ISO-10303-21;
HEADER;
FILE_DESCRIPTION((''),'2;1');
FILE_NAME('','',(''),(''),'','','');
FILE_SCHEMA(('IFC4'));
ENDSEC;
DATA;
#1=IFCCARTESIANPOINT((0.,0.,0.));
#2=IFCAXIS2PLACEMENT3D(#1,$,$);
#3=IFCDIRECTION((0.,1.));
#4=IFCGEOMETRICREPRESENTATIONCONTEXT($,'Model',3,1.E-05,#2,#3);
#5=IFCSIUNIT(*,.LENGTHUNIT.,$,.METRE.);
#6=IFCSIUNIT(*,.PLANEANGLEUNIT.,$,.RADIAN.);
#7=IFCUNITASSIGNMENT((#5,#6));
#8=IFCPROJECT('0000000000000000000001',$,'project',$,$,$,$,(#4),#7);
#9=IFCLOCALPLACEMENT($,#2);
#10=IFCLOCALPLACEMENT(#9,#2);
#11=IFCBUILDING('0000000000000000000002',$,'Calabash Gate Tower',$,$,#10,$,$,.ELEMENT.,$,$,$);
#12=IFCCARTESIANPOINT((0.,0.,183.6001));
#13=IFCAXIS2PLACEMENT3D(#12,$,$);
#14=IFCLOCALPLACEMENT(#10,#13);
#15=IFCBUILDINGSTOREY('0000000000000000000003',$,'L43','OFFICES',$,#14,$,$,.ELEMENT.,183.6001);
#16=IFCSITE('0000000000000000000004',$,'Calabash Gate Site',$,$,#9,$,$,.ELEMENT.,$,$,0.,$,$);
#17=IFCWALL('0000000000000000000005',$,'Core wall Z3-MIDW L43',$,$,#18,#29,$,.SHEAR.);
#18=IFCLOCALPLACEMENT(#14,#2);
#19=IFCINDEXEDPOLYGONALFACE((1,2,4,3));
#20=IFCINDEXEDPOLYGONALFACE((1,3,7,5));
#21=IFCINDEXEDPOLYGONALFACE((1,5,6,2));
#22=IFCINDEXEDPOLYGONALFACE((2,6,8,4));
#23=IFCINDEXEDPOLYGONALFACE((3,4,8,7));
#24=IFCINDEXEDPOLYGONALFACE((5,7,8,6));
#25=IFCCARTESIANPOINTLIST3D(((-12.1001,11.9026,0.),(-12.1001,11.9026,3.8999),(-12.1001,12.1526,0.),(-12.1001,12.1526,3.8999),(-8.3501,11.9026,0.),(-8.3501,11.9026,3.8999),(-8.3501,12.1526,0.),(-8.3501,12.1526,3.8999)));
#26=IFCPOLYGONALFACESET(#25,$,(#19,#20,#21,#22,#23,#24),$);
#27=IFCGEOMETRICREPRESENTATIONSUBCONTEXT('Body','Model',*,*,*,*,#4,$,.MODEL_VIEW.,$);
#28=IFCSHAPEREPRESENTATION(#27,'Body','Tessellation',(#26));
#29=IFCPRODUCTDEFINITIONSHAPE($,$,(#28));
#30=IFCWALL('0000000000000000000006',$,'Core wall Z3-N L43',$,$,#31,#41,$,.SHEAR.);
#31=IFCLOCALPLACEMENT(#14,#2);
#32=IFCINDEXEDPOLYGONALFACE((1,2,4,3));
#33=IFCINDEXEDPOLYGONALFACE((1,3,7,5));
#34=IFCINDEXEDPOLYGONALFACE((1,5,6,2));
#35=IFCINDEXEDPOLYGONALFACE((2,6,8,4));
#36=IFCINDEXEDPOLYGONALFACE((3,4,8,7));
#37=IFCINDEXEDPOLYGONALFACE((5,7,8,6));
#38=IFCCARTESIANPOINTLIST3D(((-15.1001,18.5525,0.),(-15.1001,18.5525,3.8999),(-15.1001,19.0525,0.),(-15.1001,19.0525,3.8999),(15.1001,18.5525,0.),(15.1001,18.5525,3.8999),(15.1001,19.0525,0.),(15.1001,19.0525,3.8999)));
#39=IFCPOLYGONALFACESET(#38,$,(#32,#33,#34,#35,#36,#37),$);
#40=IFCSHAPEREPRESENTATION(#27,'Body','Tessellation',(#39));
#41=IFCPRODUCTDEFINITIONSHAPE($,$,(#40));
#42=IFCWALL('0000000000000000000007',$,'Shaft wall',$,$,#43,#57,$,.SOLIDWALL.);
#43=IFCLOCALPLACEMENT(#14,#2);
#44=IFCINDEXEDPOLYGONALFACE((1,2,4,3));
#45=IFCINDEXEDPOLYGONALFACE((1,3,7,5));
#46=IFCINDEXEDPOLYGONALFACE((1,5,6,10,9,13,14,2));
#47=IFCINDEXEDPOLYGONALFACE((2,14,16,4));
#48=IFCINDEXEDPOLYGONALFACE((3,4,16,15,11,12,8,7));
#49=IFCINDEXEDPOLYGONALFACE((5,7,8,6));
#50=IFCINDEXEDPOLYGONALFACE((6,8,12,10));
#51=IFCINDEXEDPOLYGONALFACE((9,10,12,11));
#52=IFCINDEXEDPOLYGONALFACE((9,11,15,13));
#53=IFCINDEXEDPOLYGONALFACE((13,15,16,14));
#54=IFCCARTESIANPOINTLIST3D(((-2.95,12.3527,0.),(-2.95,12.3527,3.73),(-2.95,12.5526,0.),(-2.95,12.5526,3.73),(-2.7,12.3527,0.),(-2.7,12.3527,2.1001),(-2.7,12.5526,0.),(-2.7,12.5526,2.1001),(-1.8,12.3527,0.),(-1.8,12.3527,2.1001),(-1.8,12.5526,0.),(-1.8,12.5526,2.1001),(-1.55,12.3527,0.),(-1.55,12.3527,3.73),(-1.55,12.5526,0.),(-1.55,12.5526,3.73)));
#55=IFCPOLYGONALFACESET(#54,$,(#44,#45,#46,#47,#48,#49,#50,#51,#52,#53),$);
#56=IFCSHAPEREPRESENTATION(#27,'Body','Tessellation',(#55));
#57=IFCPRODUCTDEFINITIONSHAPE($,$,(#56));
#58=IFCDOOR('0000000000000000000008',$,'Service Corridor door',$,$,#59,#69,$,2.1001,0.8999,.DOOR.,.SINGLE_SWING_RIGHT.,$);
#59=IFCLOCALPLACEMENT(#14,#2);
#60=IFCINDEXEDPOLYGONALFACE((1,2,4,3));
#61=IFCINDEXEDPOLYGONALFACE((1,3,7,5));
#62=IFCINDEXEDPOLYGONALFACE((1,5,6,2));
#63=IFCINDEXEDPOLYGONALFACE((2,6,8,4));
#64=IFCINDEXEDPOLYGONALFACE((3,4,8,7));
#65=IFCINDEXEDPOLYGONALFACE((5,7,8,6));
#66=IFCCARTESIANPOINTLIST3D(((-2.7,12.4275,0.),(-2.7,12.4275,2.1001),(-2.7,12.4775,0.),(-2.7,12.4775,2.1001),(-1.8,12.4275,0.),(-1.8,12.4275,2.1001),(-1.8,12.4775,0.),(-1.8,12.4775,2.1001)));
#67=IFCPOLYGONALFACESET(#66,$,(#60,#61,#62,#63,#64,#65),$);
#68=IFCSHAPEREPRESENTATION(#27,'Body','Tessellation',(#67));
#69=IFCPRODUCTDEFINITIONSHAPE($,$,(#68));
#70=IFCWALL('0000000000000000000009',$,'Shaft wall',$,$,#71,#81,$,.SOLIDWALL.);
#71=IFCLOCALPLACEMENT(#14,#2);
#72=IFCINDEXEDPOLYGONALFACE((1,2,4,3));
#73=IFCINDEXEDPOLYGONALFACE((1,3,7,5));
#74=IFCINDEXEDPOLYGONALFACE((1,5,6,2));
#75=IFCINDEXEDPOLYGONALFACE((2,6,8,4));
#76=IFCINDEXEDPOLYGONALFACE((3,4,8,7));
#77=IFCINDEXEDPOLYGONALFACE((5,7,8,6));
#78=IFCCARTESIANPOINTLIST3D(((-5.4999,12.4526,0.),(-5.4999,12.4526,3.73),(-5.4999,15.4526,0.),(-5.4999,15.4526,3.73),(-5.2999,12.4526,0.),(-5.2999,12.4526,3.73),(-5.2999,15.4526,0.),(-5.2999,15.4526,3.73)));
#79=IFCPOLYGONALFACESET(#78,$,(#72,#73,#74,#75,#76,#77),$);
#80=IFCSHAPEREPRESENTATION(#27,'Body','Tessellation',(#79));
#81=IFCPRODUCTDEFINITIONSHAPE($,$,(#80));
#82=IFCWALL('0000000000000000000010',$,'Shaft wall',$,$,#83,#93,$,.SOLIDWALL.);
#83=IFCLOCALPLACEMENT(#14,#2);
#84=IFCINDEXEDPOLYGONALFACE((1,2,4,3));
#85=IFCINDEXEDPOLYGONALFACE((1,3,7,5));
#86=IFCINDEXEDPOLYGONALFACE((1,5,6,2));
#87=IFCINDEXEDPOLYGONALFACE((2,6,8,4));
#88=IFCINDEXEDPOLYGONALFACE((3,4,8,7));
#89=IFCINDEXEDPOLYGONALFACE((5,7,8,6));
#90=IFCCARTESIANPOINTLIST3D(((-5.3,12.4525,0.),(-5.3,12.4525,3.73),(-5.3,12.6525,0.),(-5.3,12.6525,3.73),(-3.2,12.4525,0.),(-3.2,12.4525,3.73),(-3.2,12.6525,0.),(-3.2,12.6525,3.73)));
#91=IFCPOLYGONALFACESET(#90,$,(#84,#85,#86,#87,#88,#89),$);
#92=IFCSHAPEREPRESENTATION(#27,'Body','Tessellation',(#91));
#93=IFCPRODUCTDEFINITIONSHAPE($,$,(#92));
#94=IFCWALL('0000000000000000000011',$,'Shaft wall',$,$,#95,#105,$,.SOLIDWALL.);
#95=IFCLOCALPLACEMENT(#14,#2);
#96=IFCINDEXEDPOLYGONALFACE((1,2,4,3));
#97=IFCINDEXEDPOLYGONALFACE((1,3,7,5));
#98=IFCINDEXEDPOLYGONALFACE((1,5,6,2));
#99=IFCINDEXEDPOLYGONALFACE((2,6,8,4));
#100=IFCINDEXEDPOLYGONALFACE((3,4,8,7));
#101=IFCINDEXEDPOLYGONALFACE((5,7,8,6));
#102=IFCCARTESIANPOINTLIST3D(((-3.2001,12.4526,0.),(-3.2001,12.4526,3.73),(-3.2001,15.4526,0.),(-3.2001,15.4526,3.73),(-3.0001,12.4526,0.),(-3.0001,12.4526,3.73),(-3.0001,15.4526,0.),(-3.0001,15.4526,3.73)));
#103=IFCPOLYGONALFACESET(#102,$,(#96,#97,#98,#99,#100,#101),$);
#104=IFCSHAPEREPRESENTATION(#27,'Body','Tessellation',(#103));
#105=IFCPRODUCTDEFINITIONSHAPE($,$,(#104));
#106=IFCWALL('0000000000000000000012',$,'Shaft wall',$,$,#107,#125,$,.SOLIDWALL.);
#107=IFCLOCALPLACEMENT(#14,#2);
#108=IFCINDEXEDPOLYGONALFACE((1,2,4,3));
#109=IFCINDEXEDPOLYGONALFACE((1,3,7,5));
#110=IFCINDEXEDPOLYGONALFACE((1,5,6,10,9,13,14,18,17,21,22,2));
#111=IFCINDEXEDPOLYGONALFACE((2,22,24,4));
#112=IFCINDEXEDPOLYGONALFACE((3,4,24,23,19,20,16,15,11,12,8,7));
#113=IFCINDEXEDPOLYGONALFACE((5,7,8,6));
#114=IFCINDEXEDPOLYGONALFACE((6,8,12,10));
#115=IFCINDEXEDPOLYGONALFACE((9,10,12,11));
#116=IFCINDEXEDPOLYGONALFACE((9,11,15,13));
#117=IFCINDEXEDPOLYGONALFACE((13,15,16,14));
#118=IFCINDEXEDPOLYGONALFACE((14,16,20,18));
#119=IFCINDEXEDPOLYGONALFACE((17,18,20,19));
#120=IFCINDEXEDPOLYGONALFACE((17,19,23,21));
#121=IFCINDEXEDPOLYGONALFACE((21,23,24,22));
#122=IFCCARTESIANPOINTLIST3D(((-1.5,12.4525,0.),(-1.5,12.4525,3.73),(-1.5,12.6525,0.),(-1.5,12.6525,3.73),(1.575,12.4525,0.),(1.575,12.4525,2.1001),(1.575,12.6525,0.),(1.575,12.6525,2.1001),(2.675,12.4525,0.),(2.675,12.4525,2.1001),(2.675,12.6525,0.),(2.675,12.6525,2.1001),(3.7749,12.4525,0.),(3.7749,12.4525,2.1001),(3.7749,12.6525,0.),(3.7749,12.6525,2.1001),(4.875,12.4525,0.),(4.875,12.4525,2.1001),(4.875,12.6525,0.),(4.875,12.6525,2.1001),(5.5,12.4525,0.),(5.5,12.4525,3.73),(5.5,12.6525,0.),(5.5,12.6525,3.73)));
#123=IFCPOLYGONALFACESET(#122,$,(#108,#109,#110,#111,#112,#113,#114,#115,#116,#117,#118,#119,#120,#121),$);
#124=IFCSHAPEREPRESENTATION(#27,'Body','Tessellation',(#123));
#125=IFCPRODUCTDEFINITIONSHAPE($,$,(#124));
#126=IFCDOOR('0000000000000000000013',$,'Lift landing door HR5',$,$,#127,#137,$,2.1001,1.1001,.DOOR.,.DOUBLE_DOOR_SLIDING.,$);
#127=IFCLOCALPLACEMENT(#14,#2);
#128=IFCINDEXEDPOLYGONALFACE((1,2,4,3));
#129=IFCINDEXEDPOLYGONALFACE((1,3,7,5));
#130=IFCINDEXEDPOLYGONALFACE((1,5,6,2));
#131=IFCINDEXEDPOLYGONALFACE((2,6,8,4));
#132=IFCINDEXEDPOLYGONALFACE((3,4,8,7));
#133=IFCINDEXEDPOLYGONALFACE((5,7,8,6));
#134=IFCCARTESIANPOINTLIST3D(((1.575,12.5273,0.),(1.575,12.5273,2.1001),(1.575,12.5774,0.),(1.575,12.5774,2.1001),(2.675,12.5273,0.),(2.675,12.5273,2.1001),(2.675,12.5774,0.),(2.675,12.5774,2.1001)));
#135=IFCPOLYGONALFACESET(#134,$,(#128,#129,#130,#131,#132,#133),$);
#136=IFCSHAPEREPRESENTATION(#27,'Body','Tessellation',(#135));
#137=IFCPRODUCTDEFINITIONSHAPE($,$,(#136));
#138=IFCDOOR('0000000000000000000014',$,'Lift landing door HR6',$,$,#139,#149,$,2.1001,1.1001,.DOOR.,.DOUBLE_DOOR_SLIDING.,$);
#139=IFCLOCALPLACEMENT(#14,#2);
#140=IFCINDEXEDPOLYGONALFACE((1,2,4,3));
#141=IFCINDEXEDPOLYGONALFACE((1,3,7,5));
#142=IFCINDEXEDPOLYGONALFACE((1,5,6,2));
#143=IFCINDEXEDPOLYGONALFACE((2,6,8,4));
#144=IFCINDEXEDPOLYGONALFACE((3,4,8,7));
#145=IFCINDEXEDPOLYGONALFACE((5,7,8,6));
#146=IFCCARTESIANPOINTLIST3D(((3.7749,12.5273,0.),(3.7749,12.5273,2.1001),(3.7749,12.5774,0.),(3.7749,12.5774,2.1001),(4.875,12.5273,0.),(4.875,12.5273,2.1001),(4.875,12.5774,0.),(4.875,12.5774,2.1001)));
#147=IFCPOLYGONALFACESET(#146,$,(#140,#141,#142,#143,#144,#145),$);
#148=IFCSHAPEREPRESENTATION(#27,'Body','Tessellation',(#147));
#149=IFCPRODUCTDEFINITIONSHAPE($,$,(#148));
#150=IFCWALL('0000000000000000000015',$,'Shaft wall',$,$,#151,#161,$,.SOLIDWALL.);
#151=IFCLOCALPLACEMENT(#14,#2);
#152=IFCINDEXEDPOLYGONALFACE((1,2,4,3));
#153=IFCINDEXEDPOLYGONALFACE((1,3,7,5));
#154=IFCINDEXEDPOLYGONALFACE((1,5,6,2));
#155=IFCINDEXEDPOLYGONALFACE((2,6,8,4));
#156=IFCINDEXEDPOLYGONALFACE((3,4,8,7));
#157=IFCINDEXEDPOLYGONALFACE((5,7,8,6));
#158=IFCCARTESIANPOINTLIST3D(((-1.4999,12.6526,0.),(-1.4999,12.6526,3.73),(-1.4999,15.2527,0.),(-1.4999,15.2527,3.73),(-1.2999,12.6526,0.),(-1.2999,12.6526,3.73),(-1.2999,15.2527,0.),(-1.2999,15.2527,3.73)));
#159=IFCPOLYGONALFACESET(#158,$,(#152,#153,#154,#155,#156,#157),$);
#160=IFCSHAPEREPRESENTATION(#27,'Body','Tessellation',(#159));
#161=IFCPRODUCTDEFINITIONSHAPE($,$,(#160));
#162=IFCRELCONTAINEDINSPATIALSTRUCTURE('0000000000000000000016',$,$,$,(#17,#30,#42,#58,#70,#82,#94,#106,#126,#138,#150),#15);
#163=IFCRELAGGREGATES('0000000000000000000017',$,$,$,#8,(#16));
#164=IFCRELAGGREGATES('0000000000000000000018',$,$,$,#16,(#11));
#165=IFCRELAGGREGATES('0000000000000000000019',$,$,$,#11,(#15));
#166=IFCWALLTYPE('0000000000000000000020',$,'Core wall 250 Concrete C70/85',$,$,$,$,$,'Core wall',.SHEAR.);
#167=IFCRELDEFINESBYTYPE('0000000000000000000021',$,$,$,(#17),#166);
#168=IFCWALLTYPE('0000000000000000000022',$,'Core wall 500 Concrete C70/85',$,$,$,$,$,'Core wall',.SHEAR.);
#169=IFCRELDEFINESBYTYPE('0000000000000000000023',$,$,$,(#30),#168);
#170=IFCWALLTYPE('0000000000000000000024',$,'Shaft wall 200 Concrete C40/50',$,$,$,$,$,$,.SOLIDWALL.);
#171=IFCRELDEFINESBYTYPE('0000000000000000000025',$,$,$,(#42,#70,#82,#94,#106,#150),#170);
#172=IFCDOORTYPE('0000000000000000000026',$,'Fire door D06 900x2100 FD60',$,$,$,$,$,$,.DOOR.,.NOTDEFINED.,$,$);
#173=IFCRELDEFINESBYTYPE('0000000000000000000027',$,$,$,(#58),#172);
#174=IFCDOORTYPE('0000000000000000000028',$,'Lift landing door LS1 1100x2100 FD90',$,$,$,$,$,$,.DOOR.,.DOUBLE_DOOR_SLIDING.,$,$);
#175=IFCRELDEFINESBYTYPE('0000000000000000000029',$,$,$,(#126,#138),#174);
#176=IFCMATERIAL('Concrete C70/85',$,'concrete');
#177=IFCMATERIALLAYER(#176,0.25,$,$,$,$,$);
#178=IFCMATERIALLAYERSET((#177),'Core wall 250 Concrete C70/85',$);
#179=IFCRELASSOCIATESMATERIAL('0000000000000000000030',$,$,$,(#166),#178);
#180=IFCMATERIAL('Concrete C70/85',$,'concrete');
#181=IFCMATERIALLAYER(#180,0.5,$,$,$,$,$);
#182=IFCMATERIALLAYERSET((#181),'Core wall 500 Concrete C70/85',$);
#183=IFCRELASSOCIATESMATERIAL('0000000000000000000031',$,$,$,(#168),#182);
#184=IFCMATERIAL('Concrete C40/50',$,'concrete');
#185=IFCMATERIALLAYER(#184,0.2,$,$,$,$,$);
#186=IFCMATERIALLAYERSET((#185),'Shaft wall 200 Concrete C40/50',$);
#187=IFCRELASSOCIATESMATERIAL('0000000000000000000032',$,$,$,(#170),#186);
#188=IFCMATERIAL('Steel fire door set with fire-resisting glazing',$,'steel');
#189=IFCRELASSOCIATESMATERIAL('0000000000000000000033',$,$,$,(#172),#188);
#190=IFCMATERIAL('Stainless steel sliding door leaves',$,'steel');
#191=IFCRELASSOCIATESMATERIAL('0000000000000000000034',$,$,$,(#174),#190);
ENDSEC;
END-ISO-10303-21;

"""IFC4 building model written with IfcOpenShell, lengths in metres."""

from ifc_helpers import new_model, si_unit, direction, frame, frame_2d, origin, place, context, subcontext, project, spatial, rectangle, extrude, material, layer, layer_set, type_object, element, fill, save


model = new_model("IFC4")

# Units and contexts
model_context = context("Model", 3, precision=1e-05, world=origin(), true_north=direction((0.0, 1.0)))
body_context = subcontext(model_context, "Body", "Model", "MODEL_VIEW")
ifc_project = project(units=[si_unit("LENGTHUNIT", "METRE"), si_unit("PLANEANGLEUNIT", "RADIAN")], contexts=[model_context])

# Site, building, storey
site_placement = place(None, origin())
site = spatial("IfcSite", under=ifc_project, at=site_placement, Name="Calabash Gate Site", CompositionType="ELEMENT", RefElevation=0.0)
building_placement = place(site_placement, origin())
building = spatial("IfcBuilding", under=site, at=building_placement, Name="Calabash Gate Tower", CompositionType="ELEMENT")
storey_placement = place(building_placement, frame((0.0, 0.0, 183.6001)))
storey = spatial("IfcBuildingStorey", under=building, at=storey_placement, Name="L43", Description="OFFICES", CompositionType="ELEMENT", Elevation=183.6001)

# Walls
ifc_material_1 = material(Name="Concrete C70/85", Category="concrete")
ifc_layer_1 = layer(ifc_material_1, 0.25)
ifc_layer_set_1 = layer_set([ifc_layer_1], Name="Core wall 250 Concrete C70/85")
wall_type_1 = type_object("IfcWallType", Name="Core wall 250 Concrete C70/85", ElementType="Core wall", PredefinedType="SHEAR", material=ifc_layer_set_1)
wall_1_placement = place(storey_placement, frame((-12.1001, 12.0276, 0.0), z_axis=(0.0, 0.0, 1.0), x_axis=(1.0, 0.0, 0.0)))
element("IfcWall", 1, at=wall_1_placement, inside=storey, type_object=wall_type_1, Name="Core wall Z3-MIDW L43", PredefinedType="SHEAR", context=body_context, shape_type="SweptSolid", body=[
    extrude(rectangle(XDim=3.75, YDim=0.25, at=frame_2d((1.875, 0.0))), origin(), (0.0, 0.0, 1.0), 3.8999),
])
ifc_material_2 = material(Name="Concrete C70/85", Category="concrete")
ifc_layer_2 = layer(ifc_material_2, 0.5)
ifc_layer_set_2 = layer_set([ifc_layer_2], Name="Core wall 500 Concrete C70/85")
wall_type_2 = type_object("IfcWallType", Name="Core wall 500 Concrete C70/85", ElementType="Core wall", PredefinedType="SHEAR", material=ifc_layer_set_2)
wall_2_placement = place(storey_placement, frame((-15.1001, 18.8025, 0.0), z_axis=(0.0, 0.0, 1.0), x_axis=(1.0, 0.0, 0.0)))
element("IfcWall", 2, at=wall_2_placement, inside=storey, type_object=wall_type_2, Name="Core wall Z3-N L43", PredefinedType="SHEAR", context=body_context, shape_type="SweptSolid", body=[
    extrude(rectangle(XDim=30.2002, YDim=0.5, at=frame_2d((15.1001, 0.0))), origin(), (0.0, 0.0, 1.0), 3.8999),
])

# Wall, opening, door
ifc_material_3 = material(Name="Concrete C40/50", Category="concrete")
ifc_layer_3 = layer(ifc_material_3, 0.2)
ifc_layer_set_3 = layer_set([ifc_layer_3], Name="Shaft wall 200 Concrete C40/50")
wall_type_3 = type_object("IfcWallType", Name="Shaft wall 200 Concrete C40/50", PredefinedType="SOLIDWALL", material=ifc_layer_set_3)
wall_3_placement = place(storey_placement, frame((-2.95, 12.4526, 0.0), z_axis=(0.0, 0.0, 1.0), x_axis=(1.0, 0.0, 0.0)))
wall_3 = element("IfcWall", 3, at=wall_3_placement, inside=storey, type_object=wall_type_3, Name="Shaft wall", PredefinedType="SOLIDWALL", context=body_context, shape_type="SweptSolid", body=[
    extrude(rectangle(XDim=1.3999, YDim=0.2, at=frame_2d((0.7, 0.0))), origin(), (0.0, 0.0, 1.0), 3.73),
])
opening_1_placement = place(wall_3_placement, frame((0.25, 0.0, 0.0)))
opening_1 = element("IfcOpeningElement", 4, at=opening_1_placement, cuts=wall_3, PredefinedType="OPENING", context=body_context, shape_type="SweptSolid", body=[
    extrude(rectangle(XDim=0.8999, YDim=2.1001, at=frame_2d((0.45, 1.05))), frame((0.0, 0.1099, 0.0), z_axis=(0.0, -1.0, 0.0), x_axis=(1.0, 0.0, 0.0)), (0.0, 0.0, 1.0), 0.22),
])
ifc_material_4 = material(Name="Steel fire door set with fire-resisting glazing", Category="steel")
door_type_1 = type_object("IfcDoorType", Name="Fire door D06 900x2100 FD60", OperationType="NOTDEFINED", PredefinedType="DOOR", material=ifc_material_4)
door_1_placement = place(opening_1_placement, origin())
door_1 = element("IfcDoor", 5, at=door_1_placement, inside=storey, type_object=door_type_1, Name="Service Corridor door", OperationType="SINGLE_SWING_RIGHT", OverallHeight=2.1001, OverallWidth=0.8999, PredefinedType="DOOR", context=body_context, shape_type="SweptSolid", body=[
    extrude(rectangle(XDim=0.8999, YDim=2.1001, at=frame_2d((0.45, 1.05))), frame((0.0, 0.0249, 0.0), z_axis=(0.0, -1.0, 0.0), x_axis=(1.0, 0.0, 0.0)), (0.0, 0.0, 1.0), 0.05),
])
fill(opening_1, door_1)

# Walls
wall_4_placement = place(storey_placement, frame((-5.3999, 12.4526, 0.0), z_axis=(0.0, 0.0, 1.0), x_axis=(0.0, 1.0, 0.0)))
element("IfcWall", 6, at=wall_4_placement, inside=storey, type_object=wall_type_3, Name="Shaft wall", PredefinedType="SOLIDWALL", context=body_context, shape_type="SweptSolid", body=[
    extrude(rectangle(XDim=3.0, YDim=0.2, at=frame_2d((1.5, 0.0))), origin(), (0.0, 0.0, 1.0), 3.73),
])
wall_5_placement = place(storey_placement, frame((-5.3, 12.5525, 0.0), z_axis=(0.0, 0.0, 1.0), x_axis=(1.0, 0.0, 0.0)))
element("IfcWall", 7, at=wall_5_placement, inside=storey, type_object=wall_type_3, Name="Shaft wall", PredefinedType="SOLIDWALL", context=body_context, shape_type="SweptSolid", body=[
    extrude(rectangle(XDim=2.1001, YDim=0.2, at=frame_2d((1.05, 0.0))), origin(), (0.0, 0.0, 1.0), 3.73),
])
wall_6_placement = place(storey_placement, frame((-3.1001, 12.4526, 0.0), z_axis=(0.0, 0.0, 1.0), x_axis=(0.0, 1.0, 0.0)))
element("IfcWall", 8, at=wall_6_placement, inside=storey, type_object=wall_type_3, Name="Shaft wall", PredefinedType="SOLIDWALL", context=body_context, shape_type="SweptSolid", body=[
    extrude(rectangle(XDim=3.0, YDim=0.2, at=frame_2d((1.5, 0.0))), origin(), (0.0, 0.0, 1.0), 3.73),
])

# Wall, openings, doors
wall_7_placement = place(storey_placement, frame((-1.5, 12.5525, 0.0), z_axis=(0.0, 0.0, 1.0), x_axis=(1.0, 0.0, 0.0)))
wall_7 = element("IfcWall", 9, at=wall_7_placement, inside=storey, type_object=wall_type_3, Name="Shaft wall", PredefinedType="SOLIDWALL", context=body_context, shape_type="SweptSolid", body=[
    extrude(rectangle(XDim=7.0, YDim=0.2, at=frame_2d((3.5, 0.0))), origin(), (0.0, 0.0, 1.0), 3.73),
])
opening_2_placement = place(wall_7_placement, frame((3.075, 0.0, 0.0)))
opening_2 = element("IfcOpeningElement", 10, at=opening_2_placement, cuts=wall_7, PredefinedType="OPENING", context=body_context, shape_type="SweptSolid", body=[
    extrude(rectangle(XDim=1.1001, YDim=2.1001, at=frame_2d((0.55, 1.05))), frame((0.0, 0.1099, 0.0), z_axis=(0.0, -1.0, 0.0), x_axis=(1.0, 0.0, 0.0)), (0.0, 0.0, 1.0), 0.22),
])
opening_3_placement = place(wall_7_placement, frame((5.2749, 0.0, 0.0)))
opening_3 = element("IfcOpeningElement", 11, at=opening_3_placement, cuts=wall_7, PredefinedType="OPENING", context=body_context, shape_type="SweptSolid", body=[
    extrude(rectangle(XDim=1.1001, YDim=2.1001, at=frame_2d((0.55, 1.05))), frame((0.0, 0.1099, 0.0), z_axis=(0.0, -1.0, 0.0), x_axis=(1.0, 0.0, 0.0)), (0.0, 0.0, 1.0), 0.22),
])
ifc_material_5 = material(Name="Stainless steel sliding door leaves", Category="steel")
door_type_2 = type_object("IfcDoorType", Name="Lift landing door LS1 1100x2100 FD90", OperationType="DOUBLE_DOOR_SLIDING", PredefinedType="DOOR", material=ifc_material_5)
door_2_placement = place(opening_2_placement, origin())
door_2 = element("IfcDoor", 12, at=door_2_placement, inside=storey, type_object=door_type_2, Name="Lift landing door HR5", OperationType="DOUBLE_DOOR_SLIDING", OverallHeight=2.1001, OverallWidth=1.1001, PredefinedType="DOOR", context=body_context, shape_type="SweptSolid", body=[
    extrude(rectangle(XDim=1.1001, YDim=2.1001, at=frame_2d((0.55, 1.05))), frame((0.0, 0.0249, 0.0), z_axis=(0.0, -1.0, 0.0), x_axis=(1.0, 0.0, 0.0)), (0.0, 0.0, 1.0), 0.05),
])
fill(opening_2, door_2)
door_3_placement = place(opening_3_placement, origin())
door_3 = element("IfcDoor", 13, at=door_3_placement, inside=storey, type_object=door_type_2, Name="Lift landing door HR6", OperationType="DOUBLE_DOOR_SLIDING", OverallHeight=2.1001, OverallWidth=1.1001, PredefinedType="DOOR", context=body_context, shape_type="SweptSolid", body=[
    extrude(rectangle(XDim=1.1001, YDim=2.1001, at=frame_2d((0.55, 1.05))), frame((0.0, 0.0249, 0.0), z_axis=(0.0, -1.0, 0.0), x_axis=(1.0, 0.0, 0.0)), (0.0, 0.0, 1.0), 0.05),
])
fill(opening_3, door_3)

# Wall
wall_8_placement = place(storey_placement, frame((-1.3999, 12.6526, 0.0), z_axis=(0.0, 0.0, 1.0), x_axis=(0.0, 1.0, 0.0)))
element("IfcWall", 14, at=wall_8_placement, inside=storey, type_object=wall_type_3, Name="Shaft wall", PredefinedType="SOLIDWALL", context=body_context, shape_type="SweptSolid", body=[
    extrude(rectangle(XDim=2.6001, YDim=0.2, at=frame_2d((1.3, 0.0))), origin(), (0.0, 0.0, 1.0), 3.73),
])

save(model, "model.ifc")
